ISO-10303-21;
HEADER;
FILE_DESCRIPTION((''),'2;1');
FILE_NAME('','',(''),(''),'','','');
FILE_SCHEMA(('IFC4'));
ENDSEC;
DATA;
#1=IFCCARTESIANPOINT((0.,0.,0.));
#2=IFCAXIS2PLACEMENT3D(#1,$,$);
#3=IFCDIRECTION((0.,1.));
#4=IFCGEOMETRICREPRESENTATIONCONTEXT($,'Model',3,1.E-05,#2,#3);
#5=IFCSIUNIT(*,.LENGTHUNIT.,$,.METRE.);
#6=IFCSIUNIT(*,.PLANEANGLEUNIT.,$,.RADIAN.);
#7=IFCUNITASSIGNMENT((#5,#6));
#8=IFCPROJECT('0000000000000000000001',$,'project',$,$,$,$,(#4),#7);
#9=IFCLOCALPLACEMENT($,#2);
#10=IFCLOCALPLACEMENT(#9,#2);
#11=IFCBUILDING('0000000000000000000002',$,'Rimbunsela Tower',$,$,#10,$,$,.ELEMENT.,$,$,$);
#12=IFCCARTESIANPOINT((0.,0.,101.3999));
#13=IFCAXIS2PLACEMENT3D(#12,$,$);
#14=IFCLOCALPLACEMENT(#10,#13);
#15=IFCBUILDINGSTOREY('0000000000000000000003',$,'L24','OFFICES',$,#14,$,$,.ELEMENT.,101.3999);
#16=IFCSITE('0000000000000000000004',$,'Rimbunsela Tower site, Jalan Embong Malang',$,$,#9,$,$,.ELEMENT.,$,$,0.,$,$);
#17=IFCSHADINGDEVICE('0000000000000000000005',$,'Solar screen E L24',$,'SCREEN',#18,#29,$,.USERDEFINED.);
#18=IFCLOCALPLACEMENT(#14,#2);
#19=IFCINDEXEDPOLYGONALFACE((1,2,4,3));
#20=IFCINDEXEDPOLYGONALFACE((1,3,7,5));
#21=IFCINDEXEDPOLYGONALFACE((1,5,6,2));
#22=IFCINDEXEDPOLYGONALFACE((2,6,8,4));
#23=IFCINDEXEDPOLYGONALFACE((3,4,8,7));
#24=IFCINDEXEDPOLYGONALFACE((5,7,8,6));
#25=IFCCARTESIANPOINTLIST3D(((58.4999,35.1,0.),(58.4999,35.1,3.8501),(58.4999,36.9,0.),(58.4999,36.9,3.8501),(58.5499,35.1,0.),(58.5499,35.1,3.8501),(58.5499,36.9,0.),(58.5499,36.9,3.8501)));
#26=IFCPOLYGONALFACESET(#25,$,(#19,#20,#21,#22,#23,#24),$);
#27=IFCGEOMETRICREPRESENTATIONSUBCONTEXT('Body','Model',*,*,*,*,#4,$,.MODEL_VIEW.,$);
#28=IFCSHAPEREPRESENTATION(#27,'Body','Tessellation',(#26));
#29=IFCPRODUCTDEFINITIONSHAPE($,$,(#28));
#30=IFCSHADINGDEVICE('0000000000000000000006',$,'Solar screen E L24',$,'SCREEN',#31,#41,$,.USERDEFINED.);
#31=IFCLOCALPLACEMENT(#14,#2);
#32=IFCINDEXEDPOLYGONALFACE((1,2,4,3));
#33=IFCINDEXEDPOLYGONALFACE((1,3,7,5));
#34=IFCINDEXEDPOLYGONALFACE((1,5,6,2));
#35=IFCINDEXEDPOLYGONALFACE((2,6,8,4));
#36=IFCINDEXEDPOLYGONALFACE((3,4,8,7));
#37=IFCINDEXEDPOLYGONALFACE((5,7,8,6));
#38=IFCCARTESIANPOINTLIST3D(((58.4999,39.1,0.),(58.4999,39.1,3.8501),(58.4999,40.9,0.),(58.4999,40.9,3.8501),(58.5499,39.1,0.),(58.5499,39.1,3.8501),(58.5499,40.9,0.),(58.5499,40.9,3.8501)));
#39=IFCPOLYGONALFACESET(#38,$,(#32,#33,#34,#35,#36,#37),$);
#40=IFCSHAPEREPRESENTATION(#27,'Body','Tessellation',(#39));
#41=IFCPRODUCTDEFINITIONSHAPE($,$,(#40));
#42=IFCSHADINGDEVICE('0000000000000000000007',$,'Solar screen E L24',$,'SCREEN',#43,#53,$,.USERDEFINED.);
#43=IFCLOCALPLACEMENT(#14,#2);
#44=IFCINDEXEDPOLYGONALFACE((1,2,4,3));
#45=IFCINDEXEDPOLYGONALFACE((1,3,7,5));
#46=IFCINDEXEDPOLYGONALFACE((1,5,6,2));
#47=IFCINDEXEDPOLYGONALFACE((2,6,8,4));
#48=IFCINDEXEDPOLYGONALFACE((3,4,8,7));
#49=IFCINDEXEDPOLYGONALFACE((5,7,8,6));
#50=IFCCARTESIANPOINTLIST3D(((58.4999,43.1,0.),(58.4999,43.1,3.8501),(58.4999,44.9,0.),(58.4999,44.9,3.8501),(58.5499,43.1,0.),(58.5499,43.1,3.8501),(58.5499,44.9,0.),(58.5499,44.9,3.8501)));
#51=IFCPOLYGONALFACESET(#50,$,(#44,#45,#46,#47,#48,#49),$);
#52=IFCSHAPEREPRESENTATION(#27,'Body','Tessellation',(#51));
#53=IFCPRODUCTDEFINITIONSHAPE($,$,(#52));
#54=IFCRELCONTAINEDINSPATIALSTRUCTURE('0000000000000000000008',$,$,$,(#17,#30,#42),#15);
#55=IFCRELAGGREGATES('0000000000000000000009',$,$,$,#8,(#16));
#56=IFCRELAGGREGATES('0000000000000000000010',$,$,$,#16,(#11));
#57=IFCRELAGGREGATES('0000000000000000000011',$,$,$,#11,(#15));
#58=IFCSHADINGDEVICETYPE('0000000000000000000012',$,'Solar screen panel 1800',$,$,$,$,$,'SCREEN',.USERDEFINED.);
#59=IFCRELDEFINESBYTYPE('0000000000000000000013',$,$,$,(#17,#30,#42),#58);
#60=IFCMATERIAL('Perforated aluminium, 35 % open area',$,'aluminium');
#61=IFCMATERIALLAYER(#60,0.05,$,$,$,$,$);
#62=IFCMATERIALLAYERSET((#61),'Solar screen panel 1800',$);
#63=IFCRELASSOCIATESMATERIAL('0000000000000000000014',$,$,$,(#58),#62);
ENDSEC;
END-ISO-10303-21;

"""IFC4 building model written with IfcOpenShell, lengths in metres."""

from ifc_helpers import new_model, si_unit, direction, frame, origin, origin_2d, place, context, subcontext, project, spatial, rectangle, extrude, material, layer, layer_set, type_object, element, save


model = new_model("IFC4")

# Units and contexts
model_context = context("Model", 3, precision=1e-05, world=origin(), true_north=direction((0.0, 1.0)))
body_context = subcontext(model_context, "Body", "Model", "MODEL_VIEW")
ifc_project = project(units=[si_unit("LENGTHUNIT", "METRE"), si_unit("PLANEANGLEUNIT", "RADIAN")], contexts=[model_context])

# Site, building, storey
site_placement = place(None, origin())
site = spatial("IfcSite", under=ifc_project, at=site_placement, Name="Rimbunsela Tower site, Jalan Embong Malang", CompositionType="ELEMENT", RefElevation=0.0)
building_placement = place(site_placement, origin())
building = spatial("IfcBuilding", under=site, at=building_placement, Name="Rimbunsela Tower", CompositionType="ELEMENT")
storey_placement = place(building_placement, frame((0.0, 0.0, 101.3999)))
storey = spatial("IfcBuildingStorey", under=building, at=storey_placement, Name="L24", Description="OFFICES", CompositionType="ELEMENT", Elevation=101.3999)

# Shading devices
ifc_material_1 = material(Name="Perforated aluminium, 35 % open area", Category="aluminium")
ifc_layer_1 = layer(ifc_material_1, 0.05)
ifc_layer_set_1 = layer_set([ifc_layer_1], Name="Solar screen panel 1800")
shading_device_type = type_object("IfcShadingDeviceType", Name="Solar screen panel 1800", ElementType="SCREEN", PredefinedType="USERDEFINED", material=ifc_layer_set_1)
for number, where, z_axis, x_axis, name in (
    (1, (58.5249, 36.0, 0.0), (0.0, 0.0, 1.0), (0.0, 1.0, 0.0), "Solar screen E L24"),
    (2, (58.5249, 40.0, 0.0), (0.0, 0.0, 1.0), (0.0, 1.0, 0.0), "Solar screen E L24"),
    (3, (58.5249, 44.0, 0.0), (0.0, 0.0, 1.0), (0.0, 1.0, 0.0), "Solar screen E L24"),
):
    element("IfcShadingDevice", number, at=place(storey_placement, frame(where, z_axis=z_axis, x_axis=x_axis)), inside=storey, type_object=shading_device_type, Name=name, ObjectType="SCREEN", PredefinedType="USERDEFINED", context=body_context, shape_type="SweptSolid", body=[
        extrude(rectangle(XDim=1.8, YDim=0.05, at=origin_2d()), origin(), (0.0, 0.0, 1.0), 3.8501),
    ])

save(model, "model.ifc")
